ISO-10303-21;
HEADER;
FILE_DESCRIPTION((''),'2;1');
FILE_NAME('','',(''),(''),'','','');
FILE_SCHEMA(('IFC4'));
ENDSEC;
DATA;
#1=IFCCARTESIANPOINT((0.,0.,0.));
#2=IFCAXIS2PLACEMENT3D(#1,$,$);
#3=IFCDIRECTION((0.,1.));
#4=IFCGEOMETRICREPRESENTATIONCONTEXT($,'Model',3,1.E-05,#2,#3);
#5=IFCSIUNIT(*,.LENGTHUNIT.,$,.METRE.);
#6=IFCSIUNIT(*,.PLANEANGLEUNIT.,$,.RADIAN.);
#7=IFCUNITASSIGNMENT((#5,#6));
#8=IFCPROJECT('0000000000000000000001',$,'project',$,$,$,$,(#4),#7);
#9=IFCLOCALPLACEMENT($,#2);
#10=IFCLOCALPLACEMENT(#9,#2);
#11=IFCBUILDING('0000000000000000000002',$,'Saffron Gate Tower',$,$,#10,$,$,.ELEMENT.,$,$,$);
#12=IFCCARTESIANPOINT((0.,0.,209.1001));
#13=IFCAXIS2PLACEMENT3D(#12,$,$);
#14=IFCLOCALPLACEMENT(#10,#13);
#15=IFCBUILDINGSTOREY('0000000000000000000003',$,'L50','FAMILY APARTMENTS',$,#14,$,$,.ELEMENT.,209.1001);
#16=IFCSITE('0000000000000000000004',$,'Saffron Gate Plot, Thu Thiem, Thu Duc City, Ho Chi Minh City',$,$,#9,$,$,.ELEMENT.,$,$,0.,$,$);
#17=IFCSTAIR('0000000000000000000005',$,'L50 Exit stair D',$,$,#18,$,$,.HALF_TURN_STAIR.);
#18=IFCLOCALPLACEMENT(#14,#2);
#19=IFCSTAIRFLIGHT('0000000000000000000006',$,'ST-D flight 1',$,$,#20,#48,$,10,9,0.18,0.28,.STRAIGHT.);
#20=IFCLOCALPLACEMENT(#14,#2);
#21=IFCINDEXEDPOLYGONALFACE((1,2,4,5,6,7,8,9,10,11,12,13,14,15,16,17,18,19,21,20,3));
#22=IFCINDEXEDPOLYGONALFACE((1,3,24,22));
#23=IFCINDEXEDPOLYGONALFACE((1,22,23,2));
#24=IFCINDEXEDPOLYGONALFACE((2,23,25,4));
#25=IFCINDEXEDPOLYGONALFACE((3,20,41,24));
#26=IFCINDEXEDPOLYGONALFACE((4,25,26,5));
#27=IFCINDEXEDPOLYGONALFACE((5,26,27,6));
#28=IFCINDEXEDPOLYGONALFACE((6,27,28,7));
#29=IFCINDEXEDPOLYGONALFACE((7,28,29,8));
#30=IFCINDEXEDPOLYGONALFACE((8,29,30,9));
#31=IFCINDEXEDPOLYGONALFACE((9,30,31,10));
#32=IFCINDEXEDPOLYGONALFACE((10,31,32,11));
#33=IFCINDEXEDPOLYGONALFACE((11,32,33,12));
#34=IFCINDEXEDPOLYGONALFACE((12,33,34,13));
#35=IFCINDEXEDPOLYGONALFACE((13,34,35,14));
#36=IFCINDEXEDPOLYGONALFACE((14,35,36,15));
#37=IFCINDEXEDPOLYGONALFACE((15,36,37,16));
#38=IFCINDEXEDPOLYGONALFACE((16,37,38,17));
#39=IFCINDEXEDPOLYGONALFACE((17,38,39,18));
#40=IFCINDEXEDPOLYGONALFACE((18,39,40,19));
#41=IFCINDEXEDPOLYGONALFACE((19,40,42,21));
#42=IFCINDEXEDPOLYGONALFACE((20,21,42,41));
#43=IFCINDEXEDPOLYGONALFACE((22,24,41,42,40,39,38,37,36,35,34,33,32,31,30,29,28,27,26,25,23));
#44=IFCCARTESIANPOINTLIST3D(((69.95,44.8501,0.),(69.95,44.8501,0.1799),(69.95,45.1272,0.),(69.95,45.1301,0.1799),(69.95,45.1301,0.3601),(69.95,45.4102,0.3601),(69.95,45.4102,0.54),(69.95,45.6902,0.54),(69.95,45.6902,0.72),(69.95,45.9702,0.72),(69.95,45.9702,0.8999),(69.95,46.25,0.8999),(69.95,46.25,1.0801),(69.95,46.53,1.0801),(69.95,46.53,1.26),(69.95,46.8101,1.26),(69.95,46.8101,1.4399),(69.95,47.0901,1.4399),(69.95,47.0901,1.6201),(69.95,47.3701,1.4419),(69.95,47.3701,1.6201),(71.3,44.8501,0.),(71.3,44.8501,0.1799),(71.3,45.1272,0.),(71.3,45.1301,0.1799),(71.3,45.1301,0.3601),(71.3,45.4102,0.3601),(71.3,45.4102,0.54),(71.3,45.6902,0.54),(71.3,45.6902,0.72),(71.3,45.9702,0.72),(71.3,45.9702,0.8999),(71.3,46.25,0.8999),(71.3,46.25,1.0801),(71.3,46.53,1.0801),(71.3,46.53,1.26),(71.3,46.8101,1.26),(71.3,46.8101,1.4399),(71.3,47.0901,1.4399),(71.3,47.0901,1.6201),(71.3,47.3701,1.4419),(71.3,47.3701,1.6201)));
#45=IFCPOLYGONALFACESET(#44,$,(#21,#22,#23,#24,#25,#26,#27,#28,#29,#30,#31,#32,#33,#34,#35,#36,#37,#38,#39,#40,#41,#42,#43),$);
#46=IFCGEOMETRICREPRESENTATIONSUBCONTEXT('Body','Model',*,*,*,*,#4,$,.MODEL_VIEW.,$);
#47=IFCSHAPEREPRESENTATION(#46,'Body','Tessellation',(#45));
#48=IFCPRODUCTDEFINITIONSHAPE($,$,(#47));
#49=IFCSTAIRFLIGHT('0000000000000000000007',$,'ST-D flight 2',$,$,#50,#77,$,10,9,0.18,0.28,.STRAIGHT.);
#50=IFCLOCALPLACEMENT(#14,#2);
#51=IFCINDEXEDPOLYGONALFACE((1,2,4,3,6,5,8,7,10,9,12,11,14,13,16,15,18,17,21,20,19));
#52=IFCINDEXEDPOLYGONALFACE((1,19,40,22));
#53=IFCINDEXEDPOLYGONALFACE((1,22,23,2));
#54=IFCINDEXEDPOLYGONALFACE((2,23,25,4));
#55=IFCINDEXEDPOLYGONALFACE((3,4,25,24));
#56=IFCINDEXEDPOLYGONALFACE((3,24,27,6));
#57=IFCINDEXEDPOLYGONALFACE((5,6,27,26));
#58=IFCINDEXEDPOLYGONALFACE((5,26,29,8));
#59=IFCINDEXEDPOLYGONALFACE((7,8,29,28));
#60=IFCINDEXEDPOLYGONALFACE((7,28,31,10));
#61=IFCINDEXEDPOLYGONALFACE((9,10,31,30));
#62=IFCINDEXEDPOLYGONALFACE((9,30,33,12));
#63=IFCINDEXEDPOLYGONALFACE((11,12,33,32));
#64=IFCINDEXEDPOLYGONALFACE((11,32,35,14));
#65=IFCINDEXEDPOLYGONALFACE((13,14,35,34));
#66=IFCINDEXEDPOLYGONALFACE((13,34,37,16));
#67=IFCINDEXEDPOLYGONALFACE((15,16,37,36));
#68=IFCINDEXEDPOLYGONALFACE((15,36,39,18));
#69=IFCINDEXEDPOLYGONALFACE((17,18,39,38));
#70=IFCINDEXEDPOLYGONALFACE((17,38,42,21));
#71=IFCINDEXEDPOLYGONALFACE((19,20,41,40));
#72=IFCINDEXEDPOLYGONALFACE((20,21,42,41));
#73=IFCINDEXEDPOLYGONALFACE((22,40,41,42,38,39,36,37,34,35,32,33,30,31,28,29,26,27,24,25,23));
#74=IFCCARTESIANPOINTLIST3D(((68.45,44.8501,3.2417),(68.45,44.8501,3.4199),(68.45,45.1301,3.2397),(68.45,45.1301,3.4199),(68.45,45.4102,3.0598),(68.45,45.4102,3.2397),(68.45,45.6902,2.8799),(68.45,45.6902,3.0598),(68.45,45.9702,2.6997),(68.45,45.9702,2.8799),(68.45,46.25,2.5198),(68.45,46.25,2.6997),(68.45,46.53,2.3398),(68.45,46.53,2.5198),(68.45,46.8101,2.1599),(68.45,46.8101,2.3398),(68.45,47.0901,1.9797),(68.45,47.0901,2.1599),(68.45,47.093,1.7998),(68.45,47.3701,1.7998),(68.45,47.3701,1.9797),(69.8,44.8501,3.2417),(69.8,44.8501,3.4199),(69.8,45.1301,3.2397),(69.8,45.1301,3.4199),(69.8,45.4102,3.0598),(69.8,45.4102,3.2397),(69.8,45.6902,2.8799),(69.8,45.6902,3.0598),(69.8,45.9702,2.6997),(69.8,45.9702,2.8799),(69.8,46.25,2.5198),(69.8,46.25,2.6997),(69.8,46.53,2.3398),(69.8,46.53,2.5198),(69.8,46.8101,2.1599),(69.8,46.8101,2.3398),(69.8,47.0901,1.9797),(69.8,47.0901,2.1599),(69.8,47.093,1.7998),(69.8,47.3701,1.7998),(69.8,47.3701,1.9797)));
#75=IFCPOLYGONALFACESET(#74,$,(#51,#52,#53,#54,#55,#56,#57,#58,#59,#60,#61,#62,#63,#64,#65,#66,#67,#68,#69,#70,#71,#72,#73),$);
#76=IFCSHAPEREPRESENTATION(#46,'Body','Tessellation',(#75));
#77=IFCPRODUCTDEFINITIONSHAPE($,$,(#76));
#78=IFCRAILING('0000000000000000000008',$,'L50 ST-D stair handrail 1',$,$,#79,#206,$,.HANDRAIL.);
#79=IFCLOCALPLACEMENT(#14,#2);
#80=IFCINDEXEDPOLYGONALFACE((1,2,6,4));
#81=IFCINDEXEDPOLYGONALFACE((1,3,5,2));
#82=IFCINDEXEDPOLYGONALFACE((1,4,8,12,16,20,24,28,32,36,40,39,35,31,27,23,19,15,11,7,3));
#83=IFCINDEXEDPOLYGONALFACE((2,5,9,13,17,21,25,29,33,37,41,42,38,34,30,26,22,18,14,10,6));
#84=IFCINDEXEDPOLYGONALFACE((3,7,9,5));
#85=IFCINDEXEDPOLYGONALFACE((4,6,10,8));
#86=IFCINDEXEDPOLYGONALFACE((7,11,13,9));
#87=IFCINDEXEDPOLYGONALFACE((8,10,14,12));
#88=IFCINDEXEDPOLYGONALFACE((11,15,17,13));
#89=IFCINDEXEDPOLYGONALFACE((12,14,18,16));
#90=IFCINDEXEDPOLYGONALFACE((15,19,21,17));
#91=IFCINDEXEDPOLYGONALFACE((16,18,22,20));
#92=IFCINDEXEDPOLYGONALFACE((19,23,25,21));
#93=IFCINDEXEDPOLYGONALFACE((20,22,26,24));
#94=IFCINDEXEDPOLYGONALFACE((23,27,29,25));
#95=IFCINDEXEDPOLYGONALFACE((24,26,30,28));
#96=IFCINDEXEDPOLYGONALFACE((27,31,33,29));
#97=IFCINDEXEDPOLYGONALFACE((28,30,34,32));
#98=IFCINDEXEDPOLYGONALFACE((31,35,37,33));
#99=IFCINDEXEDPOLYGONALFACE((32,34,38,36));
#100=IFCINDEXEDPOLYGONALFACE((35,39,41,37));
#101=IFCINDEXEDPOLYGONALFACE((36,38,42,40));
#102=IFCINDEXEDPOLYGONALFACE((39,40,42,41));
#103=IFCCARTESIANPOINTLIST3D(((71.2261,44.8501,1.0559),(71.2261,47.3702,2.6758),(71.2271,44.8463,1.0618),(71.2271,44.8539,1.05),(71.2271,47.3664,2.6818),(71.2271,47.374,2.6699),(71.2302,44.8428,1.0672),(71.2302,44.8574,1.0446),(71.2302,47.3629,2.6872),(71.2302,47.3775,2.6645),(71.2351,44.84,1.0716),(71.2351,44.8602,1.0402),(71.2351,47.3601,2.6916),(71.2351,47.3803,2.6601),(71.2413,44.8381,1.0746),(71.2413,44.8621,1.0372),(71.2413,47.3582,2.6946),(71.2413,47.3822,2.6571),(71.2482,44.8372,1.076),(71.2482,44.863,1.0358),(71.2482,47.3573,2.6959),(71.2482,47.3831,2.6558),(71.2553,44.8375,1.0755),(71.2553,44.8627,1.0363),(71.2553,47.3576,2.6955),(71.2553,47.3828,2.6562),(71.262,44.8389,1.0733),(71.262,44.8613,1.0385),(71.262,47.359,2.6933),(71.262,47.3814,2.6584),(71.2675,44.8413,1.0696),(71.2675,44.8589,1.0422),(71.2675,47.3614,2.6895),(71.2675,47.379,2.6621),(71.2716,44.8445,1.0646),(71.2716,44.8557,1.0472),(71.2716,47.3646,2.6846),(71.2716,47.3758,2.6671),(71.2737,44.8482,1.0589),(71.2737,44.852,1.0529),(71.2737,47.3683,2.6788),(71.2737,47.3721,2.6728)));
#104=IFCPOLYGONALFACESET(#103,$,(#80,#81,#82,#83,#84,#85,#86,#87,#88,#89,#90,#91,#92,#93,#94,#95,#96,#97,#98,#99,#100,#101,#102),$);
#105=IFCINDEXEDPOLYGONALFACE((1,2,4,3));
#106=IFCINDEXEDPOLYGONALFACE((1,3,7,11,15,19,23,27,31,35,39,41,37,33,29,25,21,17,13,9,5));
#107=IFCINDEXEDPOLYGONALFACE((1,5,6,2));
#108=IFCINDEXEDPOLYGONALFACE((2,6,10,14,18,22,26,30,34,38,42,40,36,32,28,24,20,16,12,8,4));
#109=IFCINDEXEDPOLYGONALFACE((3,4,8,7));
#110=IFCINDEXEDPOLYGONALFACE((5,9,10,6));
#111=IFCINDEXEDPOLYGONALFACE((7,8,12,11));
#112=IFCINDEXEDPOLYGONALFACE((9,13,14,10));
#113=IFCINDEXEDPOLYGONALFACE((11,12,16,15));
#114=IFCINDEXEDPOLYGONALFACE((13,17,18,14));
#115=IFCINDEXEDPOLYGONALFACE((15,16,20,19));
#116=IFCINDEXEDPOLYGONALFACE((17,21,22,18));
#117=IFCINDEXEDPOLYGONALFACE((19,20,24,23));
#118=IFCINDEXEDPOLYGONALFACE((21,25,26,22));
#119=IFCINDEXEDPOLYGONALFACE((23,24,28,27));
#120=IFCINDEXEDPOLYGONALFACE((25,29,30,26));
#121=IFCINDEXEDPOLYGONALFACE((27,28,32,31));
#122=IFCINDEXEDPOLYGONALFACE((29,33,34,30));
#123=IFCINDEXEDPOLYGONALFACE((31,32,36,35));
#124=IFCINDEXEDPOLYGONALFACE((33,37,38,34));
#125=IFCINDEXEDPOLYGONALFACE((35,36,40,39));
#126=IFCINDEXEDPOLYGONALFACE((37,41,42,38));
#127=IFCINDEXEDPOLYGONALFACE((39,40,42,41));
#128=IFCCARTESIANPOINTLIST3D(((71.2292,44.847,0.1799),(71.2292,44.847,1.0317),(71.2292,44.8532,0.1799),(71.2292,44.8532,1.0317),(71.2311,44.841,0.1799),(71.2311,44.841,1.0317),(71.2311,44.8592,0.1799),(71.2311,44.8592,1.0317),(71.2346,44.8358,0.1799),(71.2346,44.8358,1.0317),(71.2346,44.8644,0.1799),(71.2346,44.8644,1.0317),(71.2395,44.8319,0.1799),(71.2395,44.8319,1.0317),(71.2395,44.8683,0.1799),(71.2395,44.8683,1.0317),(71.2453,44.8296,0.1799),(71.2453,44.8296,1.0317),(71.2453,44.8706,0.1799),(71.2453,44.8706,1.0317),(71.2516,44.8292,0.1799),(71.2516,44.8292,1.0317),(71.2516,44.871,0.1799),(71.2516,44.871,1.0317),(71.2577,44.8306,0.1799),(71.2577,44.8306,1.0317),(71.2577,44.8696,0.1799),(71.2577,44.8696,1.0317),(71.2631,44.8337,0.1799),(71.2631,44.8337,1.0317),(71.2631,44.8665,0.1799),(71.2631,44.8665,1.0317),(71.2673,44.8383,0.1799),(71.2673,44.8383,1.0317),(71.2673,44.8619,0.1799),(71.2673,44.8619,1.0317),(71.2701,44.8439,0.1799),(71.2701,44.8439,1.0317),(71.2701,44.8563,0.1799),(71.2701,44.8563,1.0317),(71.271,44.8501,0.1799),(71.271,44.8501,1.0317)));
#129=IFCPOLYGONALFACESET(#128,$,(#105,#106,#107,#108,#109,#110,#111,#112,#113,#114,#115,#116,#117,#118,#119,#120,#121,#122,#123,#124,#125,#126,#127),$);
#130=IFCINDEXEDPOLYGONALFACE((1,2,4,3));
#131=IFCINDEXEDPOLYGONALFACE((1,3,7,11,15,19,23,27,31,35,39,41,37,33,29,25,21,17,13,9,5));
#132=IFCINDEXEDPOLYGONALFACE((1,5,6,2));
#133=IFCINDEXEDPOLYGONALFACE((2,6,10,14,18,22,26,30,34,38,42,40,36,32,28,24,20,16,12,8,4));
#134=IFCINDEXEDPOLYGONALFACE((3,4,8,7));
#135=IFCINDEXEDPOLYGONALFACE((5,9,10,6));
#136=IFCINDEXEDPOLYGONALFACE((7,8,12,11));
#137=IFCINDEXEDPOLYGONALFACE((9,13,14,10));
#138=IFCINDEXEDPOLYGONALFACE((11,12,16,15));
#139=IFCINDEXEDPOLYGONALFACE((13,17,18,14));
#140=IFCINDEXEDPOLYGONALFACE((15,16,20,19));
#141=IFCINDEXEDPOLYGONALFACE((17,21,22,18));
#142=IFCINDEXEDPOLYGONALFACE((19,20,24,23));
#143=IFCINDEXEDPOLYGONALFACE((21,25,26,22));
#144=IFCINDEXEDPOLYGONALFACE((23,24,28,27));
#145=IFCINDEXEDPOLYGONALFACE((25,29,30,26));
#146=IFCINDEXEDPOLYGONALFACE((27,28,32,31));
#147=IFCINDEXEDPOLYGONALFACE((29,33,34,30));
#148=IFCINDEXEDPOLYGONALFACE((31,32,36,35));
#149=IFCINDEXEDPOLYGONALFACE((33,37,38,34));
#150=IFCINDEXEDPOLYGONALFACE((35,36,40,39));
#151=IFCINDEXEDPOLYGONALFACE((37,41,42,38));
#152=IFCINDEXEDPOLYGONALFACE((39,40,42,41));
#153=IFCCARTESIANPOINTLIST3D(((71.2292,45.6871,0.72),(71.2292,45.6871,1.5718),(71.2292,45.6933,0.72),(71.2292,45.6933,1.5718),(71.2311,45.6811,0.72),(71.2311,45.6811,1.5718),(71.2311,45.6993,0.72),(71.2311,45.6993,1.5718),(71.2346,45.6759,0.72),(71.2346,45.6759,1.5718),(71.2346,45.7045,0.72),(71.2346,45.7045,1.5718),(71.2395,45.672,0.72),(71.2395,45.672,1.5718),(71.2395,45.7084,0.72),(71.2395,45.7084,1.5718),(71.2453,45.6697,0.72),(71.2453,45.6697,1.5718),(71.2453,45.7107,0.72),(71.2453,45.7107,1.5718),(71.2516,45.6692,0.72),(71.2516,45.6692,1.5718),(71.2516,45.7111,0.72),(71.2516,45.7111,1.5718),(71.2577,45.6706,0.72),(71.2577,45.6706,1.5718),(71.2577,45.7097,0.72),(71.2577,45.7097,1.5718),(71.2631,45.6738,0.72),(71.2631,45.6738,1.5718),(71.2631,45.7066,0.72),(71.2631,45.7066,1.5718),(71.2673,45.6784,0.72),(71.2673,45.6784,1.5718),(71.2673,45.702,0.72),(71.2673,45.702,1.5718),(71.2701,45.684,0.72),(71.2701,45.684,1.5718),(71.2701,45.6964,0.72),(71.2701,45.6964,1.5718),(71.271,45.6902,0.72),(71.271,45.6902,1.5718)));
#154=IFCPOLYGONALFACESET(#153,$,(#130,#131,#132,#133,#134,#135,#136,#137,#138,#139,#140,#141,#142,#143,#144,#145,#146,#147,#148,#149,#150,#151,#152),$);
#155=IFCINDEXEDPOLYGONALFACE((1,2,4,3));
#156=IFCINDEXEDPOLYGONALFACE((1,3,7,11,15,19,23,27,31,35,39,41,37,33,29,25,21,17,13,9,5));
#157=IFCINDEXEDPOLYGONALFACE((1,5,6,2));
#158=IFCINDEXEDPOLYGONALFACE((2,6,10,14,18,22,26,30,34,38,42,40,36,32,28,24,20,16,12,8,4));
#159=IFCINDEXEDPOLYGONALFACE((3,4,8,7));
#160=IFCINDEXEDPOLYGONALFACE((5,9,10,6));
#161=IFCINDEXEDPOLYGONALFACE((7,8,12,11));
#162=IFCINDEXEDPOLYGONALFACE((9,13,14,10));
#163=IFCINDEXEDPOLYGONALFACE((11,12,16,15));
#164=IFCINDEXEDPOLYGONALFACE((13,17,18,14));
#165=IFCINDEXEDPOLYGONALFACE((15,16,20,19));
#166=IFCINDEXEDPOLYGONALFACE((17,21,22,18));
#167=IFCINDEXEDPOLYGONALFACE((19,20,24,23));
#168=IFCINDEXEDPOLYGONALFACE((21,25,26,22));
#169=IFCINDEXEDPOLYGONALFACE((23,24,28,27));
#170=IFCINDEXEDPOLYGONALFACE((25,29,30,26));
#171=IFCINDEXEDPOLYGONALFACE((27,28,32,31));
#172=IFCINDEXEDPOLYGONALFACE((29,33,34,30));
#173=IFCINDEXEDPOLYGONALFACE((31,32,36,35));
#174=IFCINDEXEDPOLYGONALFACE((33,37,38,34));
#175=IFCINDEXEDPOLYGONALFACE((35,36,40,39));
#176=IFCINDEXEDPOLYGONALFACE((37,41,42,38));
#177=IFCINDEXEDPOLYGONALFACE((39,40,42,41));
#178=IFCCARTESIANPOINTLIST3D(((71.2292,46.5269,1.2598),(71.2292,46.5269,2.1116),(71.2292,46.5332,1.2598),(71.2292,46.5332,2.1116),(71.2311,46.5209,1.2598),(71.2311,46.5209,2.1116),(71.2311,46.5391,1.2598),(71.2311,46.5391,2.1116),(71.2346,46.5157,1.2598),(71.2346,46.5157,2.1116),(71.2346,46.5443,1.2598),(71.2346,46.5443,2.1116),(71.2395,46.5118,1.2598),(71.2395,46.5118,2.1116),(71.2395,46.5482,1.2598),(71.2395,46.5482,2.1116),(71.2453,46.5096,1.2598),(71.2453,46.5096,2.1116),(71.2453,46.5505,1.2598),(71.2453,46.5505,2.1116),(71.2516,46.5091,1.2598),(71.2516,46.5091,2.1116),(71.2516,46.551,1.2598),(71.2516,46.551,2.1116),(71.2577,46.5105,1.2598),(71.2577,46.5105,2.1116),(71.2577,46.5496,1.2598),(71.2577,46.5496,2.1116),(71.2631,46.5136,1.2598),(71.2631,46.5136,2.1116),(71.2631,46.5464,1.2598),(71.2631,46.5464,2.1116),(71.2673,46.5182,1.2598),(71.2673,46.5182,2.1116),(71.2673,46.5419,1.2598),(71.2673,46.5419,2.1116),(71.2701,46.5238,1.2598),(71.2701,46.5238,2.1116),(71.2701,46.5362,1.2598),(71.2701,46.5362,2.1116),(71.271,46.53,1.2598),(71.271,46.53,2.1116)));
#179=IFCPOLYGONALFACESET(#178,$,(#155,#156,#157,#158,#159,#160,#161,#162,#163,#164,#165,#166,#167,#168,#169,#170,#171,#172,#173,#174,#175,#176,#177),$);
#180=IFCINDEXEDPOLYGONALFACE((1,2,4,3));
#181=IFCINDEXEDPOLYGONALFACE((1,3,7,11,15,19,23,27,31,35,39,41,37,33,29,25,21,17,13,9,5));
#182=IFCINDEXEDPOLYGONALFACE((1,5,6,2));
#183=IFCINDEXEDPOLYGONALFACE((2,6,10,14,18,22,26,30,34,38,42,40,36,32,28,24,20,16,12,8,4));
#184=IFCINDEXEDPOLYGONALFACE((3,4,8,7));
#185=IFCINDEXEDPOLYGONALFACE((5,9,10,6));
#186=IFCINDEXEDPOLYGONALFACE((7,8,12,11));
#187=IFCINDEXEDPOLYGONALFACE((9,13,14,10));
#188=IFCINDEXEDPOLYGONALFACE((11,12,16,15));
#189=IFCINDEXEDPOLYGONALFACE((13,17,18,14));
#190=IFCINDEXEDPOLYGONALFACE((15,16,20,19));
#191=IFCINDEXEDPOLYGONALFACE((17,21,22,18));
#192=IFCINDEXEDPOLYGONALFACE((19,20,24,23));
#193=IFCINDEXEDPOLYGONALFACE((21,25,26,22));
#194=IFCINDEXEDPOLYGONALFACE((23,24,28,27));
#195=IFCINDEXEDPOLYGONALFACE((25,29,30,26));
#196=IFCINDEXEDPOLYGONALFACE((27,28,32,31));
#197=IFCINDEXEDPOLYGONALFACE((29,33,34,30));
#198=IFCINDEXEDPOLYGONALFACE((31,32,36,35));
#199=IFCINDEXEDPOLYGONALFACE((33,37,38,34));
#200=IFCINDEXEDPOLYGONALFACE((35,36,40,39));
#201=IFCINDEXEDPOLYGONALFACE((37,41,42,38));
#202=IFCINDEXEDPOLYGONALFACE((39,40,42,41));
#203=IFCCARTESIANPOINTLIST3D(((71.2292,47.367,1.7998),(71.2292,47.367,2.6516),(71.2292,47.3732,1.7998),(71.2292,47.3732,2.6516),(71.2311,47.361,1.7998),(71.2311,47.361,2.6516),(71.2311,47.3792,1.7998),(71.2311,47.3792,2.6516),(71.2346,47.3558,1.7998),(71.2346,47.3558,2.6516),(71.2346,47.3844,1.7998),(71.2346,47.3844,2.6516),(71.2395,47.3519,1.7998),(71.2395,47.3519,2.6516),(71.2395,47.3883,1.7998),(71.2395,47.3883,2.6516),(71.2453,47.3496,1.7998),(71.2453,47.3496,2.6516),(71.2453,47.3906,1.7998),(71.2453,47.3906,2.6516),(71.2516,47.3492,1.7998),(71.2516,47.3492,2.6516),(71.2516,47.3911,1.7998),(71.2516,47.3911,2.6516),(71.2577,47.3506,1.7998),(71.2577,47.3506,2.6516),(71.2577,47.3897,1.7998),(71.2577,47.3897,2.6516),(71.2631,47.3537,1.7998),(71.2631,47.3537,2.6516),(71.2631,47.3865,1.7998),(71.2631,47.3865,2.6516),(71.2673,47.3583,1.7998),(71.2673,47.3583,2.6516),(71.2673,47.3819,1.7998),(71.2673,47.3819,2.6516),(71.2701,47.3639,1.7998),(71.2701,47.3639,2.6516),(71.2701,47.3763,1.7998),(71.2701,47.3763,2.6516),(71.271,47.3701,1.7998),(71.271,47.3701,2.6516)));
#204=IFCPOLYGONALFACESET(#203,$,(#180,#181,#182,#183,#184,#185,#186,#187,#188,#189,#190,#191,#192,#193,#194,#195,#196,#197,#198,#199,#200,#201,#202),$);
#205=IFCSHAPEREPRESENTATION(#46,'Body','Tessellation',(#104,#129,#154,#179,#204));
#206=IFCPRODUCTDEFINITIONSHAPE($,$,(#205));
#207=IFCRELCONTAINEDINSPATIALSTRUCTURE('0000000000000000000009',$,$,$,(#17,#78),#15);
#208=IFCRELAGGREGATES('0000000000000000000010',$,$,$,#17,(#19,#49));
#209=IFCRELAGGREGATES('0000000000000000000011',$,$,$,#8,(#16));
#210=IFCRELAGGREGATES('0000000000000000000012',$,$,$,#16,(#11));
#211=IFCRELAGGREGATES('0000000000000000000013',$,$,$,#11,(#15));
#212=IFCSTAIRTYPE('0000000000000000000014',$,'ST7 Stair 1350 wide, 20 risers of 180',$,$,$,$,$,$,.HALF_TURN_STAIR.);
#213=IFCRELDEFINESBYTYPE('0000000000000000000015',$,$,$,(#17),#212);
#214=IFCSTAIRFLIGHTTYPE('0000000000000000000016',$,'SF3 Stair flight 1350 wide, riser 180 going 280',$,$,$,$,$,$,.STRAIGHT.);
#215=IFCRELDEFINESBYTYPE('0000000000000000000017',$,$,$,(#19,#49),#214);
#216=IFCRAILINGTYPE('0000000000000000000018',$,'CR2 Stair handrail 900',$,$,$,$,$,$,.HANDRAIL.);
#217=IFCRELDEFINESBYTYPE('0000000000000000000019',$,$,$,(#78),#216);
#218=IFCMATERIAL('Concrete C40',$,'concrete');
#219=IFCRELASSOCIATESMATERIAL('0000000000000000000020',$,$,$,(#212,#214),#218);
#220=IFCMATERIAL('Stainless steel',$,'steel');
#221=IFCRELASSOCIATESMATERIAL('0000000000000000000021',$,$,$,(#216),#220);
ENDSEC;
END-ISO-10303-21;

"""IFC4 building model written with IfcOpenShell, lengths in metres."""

from ifc_helpers import new_model, si_unit, direction, frame, origin, origin_2d, place, context, subcontext, project, spatial, polyline, circle, outline, extrude, material, type_object, element, aggregate, save


model = new_model("IFC4")

# Units and contexts
model_context = context("Model", 3, precision=1e-05, world=origin(), true_north=direction((0.0, 1.0)))
body_context = subcontext(model_context, "Body", "Model", "MODEL_VIEW")
ifc_project = project(units=[si_unit("LENGTHUNIT", "METRE"), si_unit("PLANEANGLEUNIT", "RADIAN")], contexts=[model_context])

# Site, building, storey
site_placement = place(None, origin())
site = spatial("IfcSite", under=ifc_project, at=site_placement, Name="Saffron Gate Plot, Thu Thiem, Thu Duc City, Ho Chi Minh City", CompositionType="ELEMENT", RefElevation=0.0)
building_placement = place(site_placement, origin())
building = spatial("IfcBuilding", under=site, at=building_placement, Name="Saffron Gate Tower", CompositionType="ELEMENT")
storey_placement = place(building_placement, frame((0.0, 0.0, 209.1001)))
storey = spatial("IfcBuildingStorey", under=building, at=storey_placement, Name="L50", Description="FAMILY APARTMENTS", CompositionType="ELEMENT", Elevation=209.1001)

# Stair, stair flights
ifc_material_1 = material(Name="Concrete C40", Category="concrete")
stair_type = type_object("IfcStairType", Name="ST7 Stair 1350 wide, 20 risers of 180", PredefinedType="HALF_TURN_STAIR", material=ifc_material_1)
stair_placement = place(storey_placement, origin())
stair = element("IfcStair", 1, at=stair_placement, inside=storey, type_object=stair_type, Name="L50 Exit stair D", PredefinedType="HALF_TURN_STAIR")
stair_flight_type = type_object("IfcStairFlightType", Name="SF3 Stair flight 1350 wide, riser 180 going 280", PredefinedType="STRAIGHT", material=ifc_material_1)
stair_flight_1_placement = place(storey_placement, frame((70.625, 44.8501, 0.0), z_axis=(0.0, 0.0, 1.0), x_axis=(0.0, 1.0, 0.0)))
stair_flight_1 = element("IfcStairFlight", 2, at=stair_flight_1_placement, type_object=stair_flight_type, Name="ST-D flight 1", NumberOfRisers=10, NumberOfTreads=9, PredefinedType="STRAIGHT", RiserHeight=0.18, TreadLength=0.28, context=body_context, shape_type="SweptSolid", body=[
    extrude(outline(polyline([(0.0, 0.0), (0.0, 0.1799), (0.28, 0.1799), (0.28, 0.3601), (0.5601, 0.3601), (0.5601, 0.54), (0.8401, 0.54), (0.8401, 0.72), (1.1201, 0.72), (1.1201, 0.8999), (1.3999, 0.8999), (1.3999, 1.0801), (1.6799, 1.0801), (1.6799, 1.26), (1.96, 1.26), (1.96, 1.4399), (2.24, 1.4399), (2.24, 1.6201), (2.52, 1.6201), (2.52, 1.8), (2.52, 1.4419), (0.2771, 0.0), (0.0, 0.0)])), frame((0.0, 0.675, 0.0), z_axis=(0.0, -1.0, 0.0), x_axis=(1.0, 0.0, 0.0)), (0.0, 0.0, 1.0), 1.3501),
])
stair_flight_2_placement = place(storey_placement, frame((69.125, 47.3701, 1.7998), z_axis=(0.0, 0.0, 1.0), x_axis=(0.0, -1.0, 0.0)))
stair_flight_2 = element("IfcStairFlight", 3, at=stair_flight_2_placement, type_object=stair_flight_type, Name="ST-D flight 2", NumberOfRisers=10, NumberOfTreads=9, PredefinedType="STRAIGHT", RiserHeight=0.18, TreadLength=0.28, context=body_context, shape_type="SweptSolid", body=[
    extrude(outline(polyline([(0.0, 0.0), (0.0, 0.1799), (0.28, 0.1799), (0.28, 0.3601), (0.5601, 0.3601), (0.5601, 0.54), (0.8401, 0.54), (0.8401, 0.72), (1.1201, 0.72), (1.1201, 0.8999), (1.3999, 0.8999), (1.3999, 1.0801), (1.6799, 1.0801), (1.6799, 1.26), (1.96, 1.26), (1.96, 1.4399), (2.24, 1.4399), (2.24, 1.6201), (2.52, 1.6201), (2.52, 1.8), (2.52, 1.4419), (0.2771, 0.0), (0.0, 0.0)])), frame((0.0, 0.675, 0.0), z_axis=(0.0, -1.0, 0.0), x_axis=(1.0, 0.0, 0.0)), (0.0, 0.0, 1.0), 1.3501),
])
aggregate(stair, [stair_flight_1, stair_flight_2])

# Railing
ifc_material_2 = material(Name="Stainless steel", Category="steel")
railing_type_1 = type_object("IfcRailingType", Name="CR2 Stair handrail 900", PredefinedType="HANDRAIL", material=ifc_material_2)
railing_1_placement = place(storey_placement, frame((71.25, 44.8501, 0.1799)))
element("IfcRailing", 4, at=railing_1_placement, inside=storey, type_object=railing_type_1, Name="L50 ST-D stair handrail 1", PredefinedType="HANDRAIL", context=body_context, shape_type="SweptSolid", body=[
    extrude(circle(Radius=0.0239, at=origin_2d()), frame((0.0, 0.0, 0.876), z_axis=(0.0, 0.8412, 0.540725), x_axis=(-1.0, 0.0, 0.0)), (0.0, 0.0, 1.0), 2.9958),
    extrude(circle(Radius=0.021, at=origin_2d()), origin(), (0.0, 0.0, 1.0), 0.8518),
    extrude(circle(Radius=0.021, at=origin_2d()), frame((0.0, 0.8401, 0.54)), (0.0, 0.0, 1.0), 0.8518),
    extrude(circle(Radius=0.021, at=origin_2d()), frame((0.0, 1.6799, 1.0798)), (0.0, 0.0, 1.0), 0.8518),
    extrude(circle(Radius=0.021, at=origin_2d()), frame((0.0, 2.52, 1.6199)), (0.0, 0.0, 1.0), 0.8518),
])

save(model, "model.ifc")
